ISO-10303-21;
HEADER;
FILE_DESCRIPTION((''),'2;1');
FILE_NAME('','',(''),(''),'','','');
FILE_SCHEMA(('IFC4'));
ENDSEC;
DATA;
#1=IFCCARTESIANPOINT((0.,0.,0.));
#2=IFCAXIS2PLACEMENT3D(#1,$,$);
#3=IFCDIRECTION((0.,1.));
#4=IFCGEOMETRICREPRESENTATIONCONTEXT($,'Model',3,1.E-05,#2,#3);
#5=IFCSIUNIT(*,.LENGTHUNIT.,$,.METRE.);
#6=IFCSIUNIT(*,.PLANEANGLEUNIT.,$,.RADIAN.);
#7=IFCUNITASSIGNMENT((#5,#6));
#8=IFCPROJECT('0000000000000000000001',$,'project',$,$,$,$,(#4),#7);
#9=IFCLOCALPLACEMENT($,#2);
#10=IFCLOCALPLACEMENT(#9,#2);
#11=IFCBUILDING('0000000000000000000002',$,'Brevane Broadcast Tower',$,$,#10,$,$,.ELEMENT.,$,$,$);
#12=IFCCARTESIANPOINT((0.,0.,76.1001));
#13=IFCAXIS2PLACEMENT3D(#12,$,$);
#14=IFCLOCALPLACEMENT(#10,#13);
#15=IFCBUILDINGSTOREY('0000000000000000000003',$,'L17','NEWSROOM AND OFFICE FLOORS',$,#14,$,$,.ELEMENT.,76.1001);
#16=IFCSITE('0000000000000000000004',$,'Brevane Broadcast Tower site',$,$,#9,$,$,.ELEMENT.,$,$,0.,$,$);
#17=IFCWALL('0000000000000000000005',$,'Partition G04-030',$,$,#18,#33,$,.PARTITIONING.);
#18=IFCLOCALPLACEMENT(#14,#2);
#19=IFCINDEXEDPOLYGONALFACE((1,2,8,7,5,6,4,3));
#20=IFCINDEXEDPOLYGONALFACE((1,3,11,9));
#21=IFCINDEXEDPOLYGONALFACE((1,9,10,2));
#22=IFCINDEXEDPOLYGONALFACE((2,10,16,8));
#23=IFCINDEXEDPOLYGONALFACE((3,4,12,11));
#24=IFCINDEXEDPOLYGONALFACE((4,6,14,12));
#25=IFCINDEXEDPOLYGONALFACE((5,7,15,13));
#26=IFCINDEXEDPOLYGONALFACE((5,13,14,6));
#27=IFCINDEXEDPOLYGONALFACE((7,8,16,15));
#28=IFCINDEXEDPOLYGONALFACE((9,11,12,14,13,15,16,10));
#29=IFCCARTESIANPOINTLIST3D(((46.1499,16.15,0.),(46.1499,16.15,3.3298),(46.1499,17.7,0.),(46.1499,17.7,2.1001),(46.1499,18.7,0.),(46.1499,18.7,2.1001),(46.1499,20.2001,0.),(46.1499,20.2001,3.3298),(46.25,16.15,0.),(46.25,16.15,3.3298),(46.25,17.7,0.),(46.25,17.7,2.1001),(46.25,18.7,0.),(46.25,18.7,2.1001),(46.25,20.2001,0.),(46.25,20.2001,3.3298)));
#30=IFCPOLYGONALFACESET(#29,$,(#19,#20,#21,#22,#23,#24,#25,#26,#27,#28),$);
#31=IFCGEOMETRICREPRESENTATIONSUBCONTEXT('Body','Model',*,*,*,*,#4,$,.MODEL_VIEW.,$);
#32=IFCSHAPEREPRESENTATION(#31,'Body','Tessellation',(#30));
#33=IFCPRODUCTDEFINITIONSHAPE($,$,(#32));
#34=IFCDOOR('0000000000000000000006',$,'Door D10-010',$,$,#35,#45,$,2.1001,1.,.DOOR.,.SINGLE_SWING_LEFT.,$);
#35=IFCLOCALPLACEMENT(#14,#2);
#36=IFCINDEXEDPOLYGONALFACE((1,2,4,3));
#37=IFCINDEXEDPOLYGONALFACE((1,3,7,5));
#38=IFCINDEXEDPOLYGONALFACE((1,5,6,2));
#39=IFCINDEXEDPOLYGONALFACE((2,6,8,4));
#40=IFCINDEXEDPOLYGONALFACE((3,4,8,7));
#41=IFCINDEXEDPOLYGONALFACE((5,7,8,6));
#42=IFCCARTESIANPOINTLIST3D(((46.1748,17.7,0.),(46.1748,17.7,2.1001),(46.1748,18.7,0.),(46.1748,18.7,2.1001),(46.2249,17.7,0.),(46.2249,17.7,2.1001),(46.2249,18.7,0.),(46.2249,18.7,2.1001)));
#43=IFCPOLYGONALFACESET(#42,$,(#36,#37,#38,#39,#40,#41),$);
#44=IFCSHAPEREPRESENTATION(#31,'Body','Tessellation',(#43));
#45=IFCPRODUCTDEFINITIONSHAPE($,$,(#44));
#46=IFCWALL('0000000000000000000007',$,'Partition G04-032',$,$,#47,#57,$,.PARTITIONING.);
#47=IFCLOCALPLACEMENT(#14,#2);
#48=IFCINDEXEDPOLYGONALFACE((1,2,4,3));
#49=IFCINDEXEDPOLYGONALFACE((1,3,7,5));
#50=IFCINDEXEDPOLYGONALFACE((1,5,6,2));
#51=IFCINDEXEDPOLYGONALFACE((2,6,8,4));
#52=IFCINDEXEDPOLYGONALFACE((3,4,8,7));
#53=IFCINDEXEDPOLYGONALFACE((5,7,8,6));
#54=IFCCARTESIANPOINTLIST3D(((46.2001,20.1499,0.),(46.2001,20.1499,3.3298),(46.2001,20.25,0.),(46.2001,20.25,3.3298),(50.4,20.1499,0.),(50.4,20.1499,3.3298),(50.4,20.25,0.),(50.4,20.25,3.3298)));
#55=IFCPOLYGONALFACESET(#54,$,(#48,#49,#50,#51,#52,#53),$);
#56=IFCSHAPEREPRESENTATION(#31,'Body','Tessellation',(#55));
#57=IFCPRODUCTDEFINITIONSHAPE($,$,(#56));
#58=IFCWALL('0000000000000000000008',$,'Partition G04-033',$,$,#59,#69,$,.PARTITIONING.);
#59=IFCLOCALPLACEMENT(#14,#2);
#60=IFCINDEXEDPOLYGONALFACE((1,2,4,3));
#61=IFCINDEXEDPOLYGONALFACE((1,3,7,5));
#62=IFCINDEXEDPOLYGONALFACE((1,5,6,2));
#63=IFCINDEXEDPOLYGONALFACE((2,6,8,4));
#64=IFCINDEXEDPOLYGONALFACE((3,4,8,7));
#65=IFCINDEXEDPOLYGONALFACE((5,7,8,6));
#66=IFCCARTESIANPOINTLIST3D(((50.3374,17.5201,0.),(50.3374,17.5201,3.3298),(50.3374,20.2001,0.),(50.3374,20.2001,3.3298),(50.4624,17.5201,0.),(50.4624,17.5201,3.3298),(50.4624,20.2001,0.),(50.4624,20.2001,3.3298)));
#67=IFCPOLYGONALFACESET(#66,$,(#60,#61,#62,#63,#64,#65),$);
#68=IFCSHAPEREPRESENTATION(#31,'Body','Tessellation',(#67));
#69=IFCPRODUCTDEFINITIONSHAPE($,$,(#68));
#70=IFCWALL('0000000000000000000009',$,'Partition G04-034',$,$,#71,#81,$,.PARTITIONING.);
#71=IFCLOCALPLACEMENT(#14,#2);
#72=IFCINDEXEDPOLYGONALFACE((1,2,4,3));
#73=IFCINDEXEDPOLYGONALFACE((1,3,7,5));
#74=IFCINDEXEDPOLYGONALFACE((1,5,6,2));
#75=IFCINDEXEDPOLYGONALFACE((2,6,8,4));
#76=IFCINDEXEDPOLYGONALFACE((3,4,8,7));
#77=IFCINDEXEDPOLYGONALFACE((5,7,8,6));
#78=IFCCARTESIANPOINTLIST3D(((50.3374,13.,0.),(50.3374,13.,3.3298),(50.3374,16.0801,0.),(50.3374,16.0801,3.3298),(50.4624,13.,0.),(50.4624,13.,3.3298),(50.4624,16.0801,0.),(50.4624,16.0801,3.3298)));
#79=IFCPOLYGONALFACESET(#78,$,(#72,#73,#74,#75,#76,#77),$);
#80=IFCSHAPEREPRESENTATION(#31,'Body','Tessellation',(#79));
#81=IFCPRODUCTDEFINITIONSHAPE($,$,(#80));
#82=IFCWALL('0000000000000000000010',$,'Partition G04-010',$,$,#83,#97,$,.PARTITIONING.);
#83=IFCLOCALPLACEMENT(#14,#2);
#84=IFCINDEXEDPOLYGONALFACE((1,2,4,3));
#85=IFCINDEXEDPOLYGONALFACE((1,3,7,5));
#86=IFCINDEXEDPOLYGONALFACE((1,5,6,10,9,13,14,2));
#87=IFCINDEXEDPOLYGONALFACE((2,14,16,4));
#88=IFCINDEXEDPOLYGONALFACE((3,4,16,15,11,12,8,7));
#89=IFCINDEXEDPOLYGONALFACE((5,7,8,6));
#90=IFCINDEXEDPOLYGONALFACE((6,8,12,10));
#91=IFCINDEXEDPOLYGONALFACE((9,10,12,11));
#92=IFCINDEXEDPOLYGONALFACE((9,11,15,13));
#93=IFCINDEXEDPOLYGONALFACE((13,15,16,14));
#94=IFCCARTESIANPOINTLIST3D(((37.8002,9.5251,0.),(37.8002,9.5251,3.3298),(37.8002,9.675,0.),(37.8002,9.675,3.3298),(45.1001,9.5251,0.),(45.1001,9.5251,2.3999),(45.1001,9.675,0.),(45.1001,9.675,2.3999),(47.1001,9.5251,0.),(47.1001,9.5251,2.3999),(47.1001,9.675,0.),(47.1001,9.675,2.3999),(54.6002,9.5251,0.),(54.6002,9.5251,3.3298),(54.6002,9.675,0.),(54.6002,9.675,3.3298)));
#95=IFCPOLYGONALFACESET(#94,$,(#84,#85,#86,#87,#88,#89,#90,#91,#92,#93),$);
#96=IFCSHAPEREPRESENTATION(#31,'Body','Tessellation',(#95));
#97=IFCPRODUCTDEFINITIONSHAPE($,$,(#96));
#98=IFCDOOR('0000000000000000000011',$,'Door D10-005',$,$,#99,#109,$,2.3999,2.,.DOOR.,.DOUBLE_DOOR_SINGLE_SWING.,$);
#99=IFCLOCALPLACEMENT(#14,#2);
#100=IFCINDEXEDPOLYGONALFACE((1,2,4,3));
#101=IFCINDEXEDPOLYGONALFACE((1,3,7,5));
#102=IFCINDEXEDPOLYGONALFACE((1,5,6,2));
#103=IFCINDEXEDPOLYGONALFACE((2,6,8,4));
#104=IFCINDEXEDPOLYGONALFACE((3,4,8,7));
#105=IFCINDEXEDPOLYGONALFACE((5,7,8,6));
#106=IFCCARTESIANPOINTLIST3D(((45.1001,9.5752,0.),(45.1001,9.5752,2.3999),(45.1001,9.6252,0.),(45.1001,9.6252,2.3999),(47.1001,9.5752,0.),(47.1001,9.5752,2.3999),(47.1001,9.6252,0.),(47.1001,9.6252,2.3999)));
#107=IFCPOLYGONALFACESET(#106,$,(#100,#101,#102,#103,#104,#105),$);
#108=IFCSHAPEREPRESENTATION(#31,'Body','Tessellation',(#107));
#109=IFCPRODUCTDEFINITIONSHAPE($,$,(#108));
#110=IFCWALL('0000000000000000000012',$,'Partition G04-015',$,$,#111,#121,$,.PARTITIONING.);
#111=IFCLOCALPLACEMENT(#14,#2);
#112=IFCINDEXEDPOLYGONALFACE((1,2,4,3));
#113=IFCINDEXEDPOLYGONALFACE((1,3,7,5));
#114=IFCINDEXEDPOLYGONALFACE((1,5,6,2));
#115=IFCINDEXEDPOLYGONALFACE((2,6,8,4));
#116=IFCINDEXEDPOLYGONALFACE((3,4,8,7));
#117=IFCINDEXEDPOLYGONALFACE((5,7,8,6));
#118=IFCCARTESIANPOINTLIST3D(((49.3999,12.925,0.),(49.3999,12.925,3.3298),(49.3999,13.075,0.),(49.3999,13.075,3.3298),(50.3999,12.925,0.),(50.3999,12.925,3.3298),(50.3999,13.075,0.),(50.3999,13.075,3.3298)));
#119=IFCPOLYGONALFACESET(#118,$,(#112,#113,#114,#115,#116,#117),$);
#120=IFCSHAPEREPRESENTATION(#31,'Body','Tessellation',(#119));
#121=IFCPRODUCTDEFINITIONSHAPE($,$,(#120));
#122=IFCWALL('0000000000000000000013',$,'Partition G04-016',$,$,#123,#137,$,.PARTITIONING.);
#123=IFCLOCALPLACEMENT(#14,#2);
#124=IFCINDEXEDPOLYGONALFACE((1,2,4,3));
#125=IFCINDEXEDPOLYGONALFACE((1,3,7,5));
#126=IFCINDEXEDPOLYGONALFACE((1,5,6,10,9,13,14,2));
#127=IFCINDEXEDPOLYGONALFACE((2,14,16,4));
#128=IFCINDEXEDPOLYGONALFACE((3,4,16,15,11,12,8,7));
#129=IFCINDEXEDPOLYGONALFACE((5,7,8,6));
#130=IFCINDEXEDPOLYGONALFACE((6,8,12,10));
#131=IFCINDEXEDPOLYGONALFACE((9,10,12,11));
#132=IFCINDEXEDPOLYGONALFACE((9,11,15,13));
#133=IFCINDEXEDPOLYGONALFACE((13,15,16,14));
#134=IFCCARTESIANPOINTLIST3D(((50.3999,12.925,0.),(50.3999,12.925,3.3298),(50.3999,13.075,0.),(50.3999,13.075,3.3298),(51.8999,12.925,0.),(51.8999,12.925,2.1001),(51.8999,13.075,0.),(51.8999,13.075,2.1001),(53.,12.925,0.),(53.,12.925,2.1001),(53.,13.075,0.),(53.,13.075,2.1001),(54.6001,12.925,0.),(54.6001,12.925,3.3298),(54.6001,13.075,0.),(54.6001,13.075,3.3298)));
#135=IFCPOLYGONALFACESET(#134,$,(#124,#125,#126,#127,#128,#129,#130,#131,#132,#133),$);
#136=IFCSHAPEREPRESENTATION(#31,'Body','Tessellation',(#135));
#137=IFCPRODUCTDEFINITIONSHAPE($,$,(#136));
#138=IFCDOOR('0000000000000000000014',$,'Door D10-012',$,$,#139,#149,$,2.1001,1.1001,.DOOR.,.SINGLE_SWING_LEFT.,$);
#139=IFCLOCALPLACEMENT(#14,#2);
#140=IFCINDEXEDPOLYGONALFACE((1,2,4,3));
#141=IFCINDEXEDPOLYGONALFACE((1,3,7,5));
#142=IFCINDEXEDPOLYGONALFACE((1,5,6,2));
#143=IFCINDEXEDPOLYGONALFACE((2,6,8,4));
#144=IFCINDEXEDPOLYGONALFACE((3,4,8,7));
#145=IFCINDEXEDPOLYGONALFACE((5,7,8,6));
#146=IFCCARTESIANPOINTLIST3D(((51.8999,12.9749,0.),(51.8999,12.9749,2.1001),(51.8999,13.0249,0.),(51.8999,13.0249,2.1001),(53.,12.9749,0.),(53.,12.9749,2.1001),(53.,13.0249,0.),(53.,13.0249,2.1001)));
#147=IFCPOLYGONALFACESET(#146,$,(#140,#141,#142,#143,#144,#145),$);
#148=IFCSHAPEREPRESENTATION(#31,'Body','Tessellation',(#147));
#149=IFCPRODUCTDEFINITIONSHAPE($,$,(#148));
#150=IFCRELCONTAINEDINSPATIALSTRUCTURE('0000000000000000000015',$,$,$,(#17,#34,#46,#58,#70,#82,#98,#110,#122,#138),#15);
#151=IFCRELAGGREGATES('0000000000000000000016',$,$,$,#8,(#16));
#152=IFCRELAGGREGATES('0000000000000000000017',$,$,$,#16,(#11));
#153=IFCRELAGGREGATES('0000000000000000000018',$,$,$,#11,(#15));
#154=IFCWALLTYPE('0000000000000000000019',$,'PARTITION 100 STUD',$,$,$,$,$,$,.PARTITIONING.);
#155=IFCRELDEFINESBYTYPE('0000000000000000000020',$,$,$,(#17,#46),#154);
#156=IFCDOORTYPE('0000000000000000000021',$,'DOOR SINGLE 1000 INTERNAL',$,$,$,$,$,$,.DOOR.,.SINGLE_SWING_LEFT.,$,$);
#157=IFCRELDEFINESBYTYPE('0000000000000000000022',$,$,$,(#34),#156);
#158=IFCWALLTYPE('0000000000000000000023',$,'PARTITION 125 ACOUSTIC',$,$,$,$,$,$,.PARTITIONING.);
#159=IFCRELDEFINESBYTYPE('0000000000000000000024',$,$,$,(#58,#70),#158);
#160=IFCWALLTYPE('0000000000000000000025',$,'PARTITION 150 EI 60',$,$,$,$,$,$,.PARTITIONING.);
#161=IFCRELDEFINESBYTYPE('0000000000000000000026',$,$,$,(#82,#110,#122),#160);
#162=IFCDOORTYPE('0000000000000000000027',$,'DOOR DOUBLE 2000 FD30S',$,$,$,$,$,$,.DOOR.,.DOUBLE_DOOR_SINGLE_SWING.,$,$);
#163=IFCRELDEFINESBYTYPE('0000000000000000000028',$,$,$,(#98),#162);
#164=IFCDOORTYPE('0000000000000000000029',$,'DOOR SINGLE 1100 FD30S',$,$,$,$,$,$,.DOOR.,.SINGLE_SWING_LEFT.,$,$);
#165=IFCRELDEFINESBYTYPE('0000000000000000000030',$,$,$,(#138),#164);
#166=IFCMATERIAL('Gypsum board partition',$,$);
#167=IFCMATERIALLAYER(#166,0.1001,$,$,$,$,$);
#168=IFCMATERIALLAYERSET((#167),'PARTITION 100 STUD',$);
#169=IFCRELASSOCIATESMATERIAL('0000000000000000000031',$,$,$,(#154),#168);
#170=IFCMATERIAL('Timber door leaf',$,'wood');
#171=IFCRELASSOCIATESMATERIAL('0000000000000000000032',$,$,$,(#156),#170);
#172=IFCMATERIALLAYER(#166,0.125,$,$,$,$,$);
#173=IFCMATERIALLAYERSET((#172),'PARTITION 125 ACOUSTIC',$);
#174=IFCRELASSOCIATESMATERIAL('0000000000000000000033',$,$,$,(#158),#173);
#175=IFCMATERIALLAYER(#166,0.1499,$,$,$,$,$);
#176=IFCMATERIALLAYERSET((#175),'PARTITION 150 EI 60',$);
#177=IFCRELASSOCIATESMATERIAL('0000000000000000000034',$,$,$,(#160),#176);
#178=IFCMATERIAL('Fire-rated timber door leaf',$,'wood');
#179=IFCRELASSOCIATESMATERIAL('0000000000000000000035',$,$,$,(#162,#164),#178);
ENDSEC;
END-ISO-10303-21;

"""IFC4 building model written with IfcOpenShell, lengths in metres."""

from ifc_helpers import new_model, si_unit, direction, frame, frame_2d, origin, place, context, subcontext, project, spatial, rectangle, extrude, material, layer, layer_set, type_object, element, fill, save


model = new_model("IFC4")

# Units and contexts
model_context = context("Model", 3, precision=1e-05, world=origin(), true_north=direction((0.0, 1.0)))
body_context = subcontext(model_context, "Body", "Model", "MODEL_VIEW")
ifc_project = project(units=[si_unit("LENGTHUNIT", "METRE"), si_unit("PLANEANGLEUNIT", "RADIAN")], contexts=[model_context])

# Site, building, storey
site_placement = place(None, origin())
site = spatial("IfcSite", under=ifc_project, at=site_placement, Name="Brevane Broadcast Tower site", CompositionType="ELEMENT", RefElevation=0.0)
building_placement = place(site_placement, origin())
building = spatial("IfcBuilding", under=site, at=building_placement, Name="Brevane Broadcast Tower", CompositionType="ELEMENT")
storey_placement = place(building_placement, frame((0.0, 0.0, 76.1001)))
storey = spatial("IfcBuildingStorey", under=building, at=storey_placement, Name="L17", Description="NEWSROOM AND OFFICE FLOORS", CompositionType="ELEMENT", Elevation=76.1001)

# Shared definitions
ifc_material_1 = material(Name="Gypsum board partition")
ifc_layer_1 = layer(ifc_material_1, 0.1001)
ifc_layer_set_1 = layer_set([ifc_layer_1], Name="PARTITION 100 STUD")
wall_type_1 = type_object("IfcWallType", Name="PARTITION 100 STUD", PredefinedType="PARTITIONING", material=ifc_layer_set_1)

# Wall, opening, door
wall_1_placement = place(storey_placement, frame((46.2, 20.2, 0.0), z_axis=(0.0, 0.0, 1.0), x_axis=(0.0, -1.0, 0.0)))
wall_1 = element("IfcWall", 1, at=wall_1_placement, inside=storey, type_object=wall_type_1, Name="Partition G04-030", PredefinedType="PARTITIONING", context=body_context, shape_type="SweptSolid", body=[
    extrude(rectangle(XDim=4.05, YDim=0.1001, at=frame_2d((2.0249, 0.0))), origin(), (0.0, 0.0, 1.0), 3.3298),
])
opening_1_placement = place(wall_1_placement, frame((1.5, 0.0, 0.0)))
opening_1 = element("IfcOpeningElement", 2, at=opening_1_placement, cuts=wall_1, PredefinedType="OPENING", context=body_context, shape_type="SweptSolid", body=[
    extrude(rectangle(XDim=1.0, YDim=2.1001, at=frame_2d((0.5, 1.05))), frame((0.0, 0.0601, 0.0), z_axis=(0.0, -1.0, 0.0), x_axis=(1.0, 0.0, 0.0)), (0.0, 0.0, 1.0), 0.1201),
])
ifc_material_2 = material(Name="Timber door leaf", Category="wood")
door_type_1 = type_object("IfcDoorType", Name="DOOR SINGLE 1000 INTERNAL", OperationType="SINGLE_SWING_LEFT", PredefinedType="DOOR", material=ifc_material_2)
door_1_placement = place(opening_1_placement, origin())
door_1 = element("IfcDoor", 3, at=door_1_placement, inside=storey, type_object=door_type_1, Name="Door D10-010", OperationType="SINGLE_SWING_LEFT", OverallHeight=2.1001, OverallWidth=1.0, PredefinedType="DOOR", context=body_context, shape_type="SweptSolid", body=[
    extrude(rectangle(XDim=1.0, YDim=2.1001, at=frame_2d((0.5, 1.05))), frame((0.0, 0.0249, 0.0), z_axis=(0.0, -1.0, 0.0), x_axis=(1.0, 0.0, 0.0)), (0.0, 0.0, 1.0), 0.05),
])
fill(opening_1, door_1)

# Walls
wall_2_placement = place(storey_placement, frame((46.2, 20.2, 0.0), z_axis=(0.0, 0.0, 1.0), x_axis=(1.0, 0.0, 0.0)))
element("IfcWall", 4, at=wall_2_placement, inside=storey, type_object=wall_type_1, Name="Partition G04-032", PredefinedType="PARTITIONING", context=body_context, shape_type="SweptSolid", body=[
    extrude(rectangle(XDim=4.2, YDim=0.1001, at=frame_2d((2.1001, 0.0))), origin(), (0.0, 0.0, 1.0), 3.3298),
])
ifc_layer_2 = layer(ifc_material_1, 0.125)
ifc_layer_set_2 = layer_set([ifc_layer_2], Name="PARTITION 125 ACOUSTIC")
wall_type_2 = type_object("IfcWallType", Name="PARTITION 125 ACOUSTIC", PredefinedType="PARTITIONING", material=ifc_layer_set_2)
wall_3_placement = place(storey_placement, frame((50.3999, 20.2, 0.0), z_axis=(0.0, 0.0, 1.0), x_axis=(0.0, -1.0, 0.0)))
element("IfcWall", 5, at=wall_3_placement, inside=storey, type_object=wall_type_2, Name="Partition G04-033", PredefinedType="PARTITIONING", context=body_context, shape_type="SweptSolid", body=[
    extrude(rectangle(XDim=2.6799, YDim=0.125, at=frame_2d((1.3398, 0.0))), origin(), (0.0, 0.0, 1.0), 3.3298),
])
wall_4_placement = place(storey_placement, frame((50.3999, 16.0801, 0.0), z_axis=(0.0, 0.0, 1.0), x_axis=(0.0, -1.0, 0.0)))
element("IfcWall", 6, at=wall_4_placement, inside=storey, type_object=wall_type_2, Name="Partition G04-034", PredefinedType="PARTITIONING", context=body_context, shape_type="SweptSolid", body=[
    extrude(rectangle(XDim=3.0801, YDim=0.125, at=frame_2d((1.54, 0.0))), origin(), (0.0, 0.0, 1.0), 3.3298),
])

# Wall, opening, door
ifc_layer_3 = layer(ifc_material_1, 0.1499)
ifc_layer_set_3 = layer_set([ifc_layer_3], Name="PARTITION 150 EI 60")
wall_type_3 = type_object("IfcWallType", Name="PARTITION 150 EI 60", PredefinedType="PARTITIONING", material=ifc_layer_set_3)
wall_5_placement = place(storey_placement, frame((54.6001, 9.6001, 0.0), z_axis=(0.0, 0.0, 1.0), x_axis=(-1.0, 0.0, 0.0)))
wall_5 = element("IfcWall", 7, at=wall_5_placement, inside=storey, type_object=wall_type_3, Name="Partition G04-010", PredefinedType="PARTITIONING", context=body_context, shape_type="SweptSolid", body=[
    extrude(rectangle(XDim=16.8, YDim=0.1499, at=frame_2d((8.3999, 0.0))), origin(), (0.0, 0.0, 1.0), 3.3298),
])
opening_2_placement = place(wall_5_placement, frame((7.5, 0.0, 0.0)))
opening_2 = element("IfcOpeningElement", 8, at=opening_2_placement, cuts=wall_5, PredefinedType="OPENING", context=body_context, shape_type="SweptSolid", body=[
    extrude(rectangle(XDim=2.0, YDim=2.3999, at=frame_2d((1.0, 1.2))), frame((0.0, 0.085, 0.0), z_axis=(0.0, -1.0, 0.0), x_axis=(1.0, 0.0, 0.0)), (0.0, 0.0, 1.0), 0.1699),
])
ifc_material_3 = material(Name="Fire-rated timber door leaf", Category="wood")
door_type_2 = type_object("IfcDoorType", Name="DOOR DOUBLE 2000 FD30S", OperationType="DOUBLE_DOOR_SINGLE_SWING", PredefinedType="DOOR", material=ifc_material_3)
door_2_placement = place(opening_2_placement, origin())
door_2 = element("IfcDoor", 9, at=door_2_placement, inside=storey, type_object=door_type_2, Name="Door D10-005", OperationType="DOUBLE_DOOR_SINGLE_SWING", OverallHeight=2.3999, OverallWidth=2.0, PredefinedType="DOOR", context=body_context, shape_type="SweptSolid", body=[
    extrude(rectangle(XDim=2.0, YDim=2.3999, at=frame_2d((1.0, 1.2))), frame((0.0, 0.0249, 0.0), z_axis=(0.0, -1.0, 0.0), x_axis=(1.0, 0.0, 0.0)), (0.0, 0.0, 1.0), 0.05),
])
fill(opening_2, door_2)

# Wall
wall_6_placement = place(storey_placement, frame((49.3999, 13.0, 0.0), z_axis=(0.0, 0.0, 1.0), x_axis=(1.0, 0.0, 0.0)))
element("IfcWall", 10, at=wall_6_placement, inside=storey, type_object=wall_type_3, Name="Partition G04-015", PredefinedType="PARTITIONING", context=body_context, shape_type="SweptSolid", body=[
    extrude(rectangle(XDim=1.0, YDim=0.1499, at=frame_2d((0.5, 0.0))), origin(), (0.0, 0.0, 1.0), 3.3298),
])

# Wall, opening, door
wall_7_placement = place(storey_placement, frame((50.3999, 13.0, 0.0), z_axis=(0.0, 0.0, 1.0), x_axis=(1.0, 0.0, 0.0)))
wall_7 = element("IfcWall", 11, at=wall_7_placement, inside=storey, type_object=wall_type_3, Name="Partition G04-016", PredefinedType="PARTITIONING", context=body_context, shape_type="SweptSolid", body=[
    extrude(rectangle(XDim=4.2002, YDim=0.1499, at=frame_2d((2.1001, 0.0))), origin(), (0.0, 0.0, 1.0), 3.3298),
])
opening_3_placement = place(wall_7_placement, frame((1.5, 0.0, 0.0)))
opening_3 = element("IfcOpeningElement", 12, at=opening_3_placement, cuts=wall_7, PredefinedType="OPENING", context=body_context, shape_type="SweptSolid", body=[
    extrude(rectangle(XDim=1.1001, YDim=2.1001, at=frame_2d((0.55, 1.05))), frame((0.0, 0.085, 0.0), z_axis=(0.0, -1.0, 0.0), x_axis=(1.0, 0.0, 0.0)), (0.0, 0.0, 1.0), 0.1699),
])
door_type_3 = type_object("IfcDoorType", Name="DOOR SINGLE 1100 FD30S", OperationType="SINGLE_SWING_LEFT", PredefinedType="DOOR", material=ifc_material_3)
door_3_placement = place(opening_3_placement, origin())
door_3 = element("IfcDoor", 13, at=door_3_placement, inside=storey, type_object=door_type_3, Name="Door D10-012", OperationType="SINGLE_SWING_LEFT", OverallHeight=2.1001, OverallWidth=1.1001, PredefinedType="DOOR", context=body_context, shape_type="SweptSolid", body=[
    extrude(rectangle(XDim=1.1001, YDim=2.1001, at=frame_2d((0.55, 1.05))), frame((0.0, 0.0249, 0.0), z_axis=(0.0, -1.0, 0.0), x_axis=(1.0, 0.0, 0.0)), (0.0, 0.0, 1.0), 0.05),
])
fill(opening_3, door_3)

save(model, "model.ifc")
